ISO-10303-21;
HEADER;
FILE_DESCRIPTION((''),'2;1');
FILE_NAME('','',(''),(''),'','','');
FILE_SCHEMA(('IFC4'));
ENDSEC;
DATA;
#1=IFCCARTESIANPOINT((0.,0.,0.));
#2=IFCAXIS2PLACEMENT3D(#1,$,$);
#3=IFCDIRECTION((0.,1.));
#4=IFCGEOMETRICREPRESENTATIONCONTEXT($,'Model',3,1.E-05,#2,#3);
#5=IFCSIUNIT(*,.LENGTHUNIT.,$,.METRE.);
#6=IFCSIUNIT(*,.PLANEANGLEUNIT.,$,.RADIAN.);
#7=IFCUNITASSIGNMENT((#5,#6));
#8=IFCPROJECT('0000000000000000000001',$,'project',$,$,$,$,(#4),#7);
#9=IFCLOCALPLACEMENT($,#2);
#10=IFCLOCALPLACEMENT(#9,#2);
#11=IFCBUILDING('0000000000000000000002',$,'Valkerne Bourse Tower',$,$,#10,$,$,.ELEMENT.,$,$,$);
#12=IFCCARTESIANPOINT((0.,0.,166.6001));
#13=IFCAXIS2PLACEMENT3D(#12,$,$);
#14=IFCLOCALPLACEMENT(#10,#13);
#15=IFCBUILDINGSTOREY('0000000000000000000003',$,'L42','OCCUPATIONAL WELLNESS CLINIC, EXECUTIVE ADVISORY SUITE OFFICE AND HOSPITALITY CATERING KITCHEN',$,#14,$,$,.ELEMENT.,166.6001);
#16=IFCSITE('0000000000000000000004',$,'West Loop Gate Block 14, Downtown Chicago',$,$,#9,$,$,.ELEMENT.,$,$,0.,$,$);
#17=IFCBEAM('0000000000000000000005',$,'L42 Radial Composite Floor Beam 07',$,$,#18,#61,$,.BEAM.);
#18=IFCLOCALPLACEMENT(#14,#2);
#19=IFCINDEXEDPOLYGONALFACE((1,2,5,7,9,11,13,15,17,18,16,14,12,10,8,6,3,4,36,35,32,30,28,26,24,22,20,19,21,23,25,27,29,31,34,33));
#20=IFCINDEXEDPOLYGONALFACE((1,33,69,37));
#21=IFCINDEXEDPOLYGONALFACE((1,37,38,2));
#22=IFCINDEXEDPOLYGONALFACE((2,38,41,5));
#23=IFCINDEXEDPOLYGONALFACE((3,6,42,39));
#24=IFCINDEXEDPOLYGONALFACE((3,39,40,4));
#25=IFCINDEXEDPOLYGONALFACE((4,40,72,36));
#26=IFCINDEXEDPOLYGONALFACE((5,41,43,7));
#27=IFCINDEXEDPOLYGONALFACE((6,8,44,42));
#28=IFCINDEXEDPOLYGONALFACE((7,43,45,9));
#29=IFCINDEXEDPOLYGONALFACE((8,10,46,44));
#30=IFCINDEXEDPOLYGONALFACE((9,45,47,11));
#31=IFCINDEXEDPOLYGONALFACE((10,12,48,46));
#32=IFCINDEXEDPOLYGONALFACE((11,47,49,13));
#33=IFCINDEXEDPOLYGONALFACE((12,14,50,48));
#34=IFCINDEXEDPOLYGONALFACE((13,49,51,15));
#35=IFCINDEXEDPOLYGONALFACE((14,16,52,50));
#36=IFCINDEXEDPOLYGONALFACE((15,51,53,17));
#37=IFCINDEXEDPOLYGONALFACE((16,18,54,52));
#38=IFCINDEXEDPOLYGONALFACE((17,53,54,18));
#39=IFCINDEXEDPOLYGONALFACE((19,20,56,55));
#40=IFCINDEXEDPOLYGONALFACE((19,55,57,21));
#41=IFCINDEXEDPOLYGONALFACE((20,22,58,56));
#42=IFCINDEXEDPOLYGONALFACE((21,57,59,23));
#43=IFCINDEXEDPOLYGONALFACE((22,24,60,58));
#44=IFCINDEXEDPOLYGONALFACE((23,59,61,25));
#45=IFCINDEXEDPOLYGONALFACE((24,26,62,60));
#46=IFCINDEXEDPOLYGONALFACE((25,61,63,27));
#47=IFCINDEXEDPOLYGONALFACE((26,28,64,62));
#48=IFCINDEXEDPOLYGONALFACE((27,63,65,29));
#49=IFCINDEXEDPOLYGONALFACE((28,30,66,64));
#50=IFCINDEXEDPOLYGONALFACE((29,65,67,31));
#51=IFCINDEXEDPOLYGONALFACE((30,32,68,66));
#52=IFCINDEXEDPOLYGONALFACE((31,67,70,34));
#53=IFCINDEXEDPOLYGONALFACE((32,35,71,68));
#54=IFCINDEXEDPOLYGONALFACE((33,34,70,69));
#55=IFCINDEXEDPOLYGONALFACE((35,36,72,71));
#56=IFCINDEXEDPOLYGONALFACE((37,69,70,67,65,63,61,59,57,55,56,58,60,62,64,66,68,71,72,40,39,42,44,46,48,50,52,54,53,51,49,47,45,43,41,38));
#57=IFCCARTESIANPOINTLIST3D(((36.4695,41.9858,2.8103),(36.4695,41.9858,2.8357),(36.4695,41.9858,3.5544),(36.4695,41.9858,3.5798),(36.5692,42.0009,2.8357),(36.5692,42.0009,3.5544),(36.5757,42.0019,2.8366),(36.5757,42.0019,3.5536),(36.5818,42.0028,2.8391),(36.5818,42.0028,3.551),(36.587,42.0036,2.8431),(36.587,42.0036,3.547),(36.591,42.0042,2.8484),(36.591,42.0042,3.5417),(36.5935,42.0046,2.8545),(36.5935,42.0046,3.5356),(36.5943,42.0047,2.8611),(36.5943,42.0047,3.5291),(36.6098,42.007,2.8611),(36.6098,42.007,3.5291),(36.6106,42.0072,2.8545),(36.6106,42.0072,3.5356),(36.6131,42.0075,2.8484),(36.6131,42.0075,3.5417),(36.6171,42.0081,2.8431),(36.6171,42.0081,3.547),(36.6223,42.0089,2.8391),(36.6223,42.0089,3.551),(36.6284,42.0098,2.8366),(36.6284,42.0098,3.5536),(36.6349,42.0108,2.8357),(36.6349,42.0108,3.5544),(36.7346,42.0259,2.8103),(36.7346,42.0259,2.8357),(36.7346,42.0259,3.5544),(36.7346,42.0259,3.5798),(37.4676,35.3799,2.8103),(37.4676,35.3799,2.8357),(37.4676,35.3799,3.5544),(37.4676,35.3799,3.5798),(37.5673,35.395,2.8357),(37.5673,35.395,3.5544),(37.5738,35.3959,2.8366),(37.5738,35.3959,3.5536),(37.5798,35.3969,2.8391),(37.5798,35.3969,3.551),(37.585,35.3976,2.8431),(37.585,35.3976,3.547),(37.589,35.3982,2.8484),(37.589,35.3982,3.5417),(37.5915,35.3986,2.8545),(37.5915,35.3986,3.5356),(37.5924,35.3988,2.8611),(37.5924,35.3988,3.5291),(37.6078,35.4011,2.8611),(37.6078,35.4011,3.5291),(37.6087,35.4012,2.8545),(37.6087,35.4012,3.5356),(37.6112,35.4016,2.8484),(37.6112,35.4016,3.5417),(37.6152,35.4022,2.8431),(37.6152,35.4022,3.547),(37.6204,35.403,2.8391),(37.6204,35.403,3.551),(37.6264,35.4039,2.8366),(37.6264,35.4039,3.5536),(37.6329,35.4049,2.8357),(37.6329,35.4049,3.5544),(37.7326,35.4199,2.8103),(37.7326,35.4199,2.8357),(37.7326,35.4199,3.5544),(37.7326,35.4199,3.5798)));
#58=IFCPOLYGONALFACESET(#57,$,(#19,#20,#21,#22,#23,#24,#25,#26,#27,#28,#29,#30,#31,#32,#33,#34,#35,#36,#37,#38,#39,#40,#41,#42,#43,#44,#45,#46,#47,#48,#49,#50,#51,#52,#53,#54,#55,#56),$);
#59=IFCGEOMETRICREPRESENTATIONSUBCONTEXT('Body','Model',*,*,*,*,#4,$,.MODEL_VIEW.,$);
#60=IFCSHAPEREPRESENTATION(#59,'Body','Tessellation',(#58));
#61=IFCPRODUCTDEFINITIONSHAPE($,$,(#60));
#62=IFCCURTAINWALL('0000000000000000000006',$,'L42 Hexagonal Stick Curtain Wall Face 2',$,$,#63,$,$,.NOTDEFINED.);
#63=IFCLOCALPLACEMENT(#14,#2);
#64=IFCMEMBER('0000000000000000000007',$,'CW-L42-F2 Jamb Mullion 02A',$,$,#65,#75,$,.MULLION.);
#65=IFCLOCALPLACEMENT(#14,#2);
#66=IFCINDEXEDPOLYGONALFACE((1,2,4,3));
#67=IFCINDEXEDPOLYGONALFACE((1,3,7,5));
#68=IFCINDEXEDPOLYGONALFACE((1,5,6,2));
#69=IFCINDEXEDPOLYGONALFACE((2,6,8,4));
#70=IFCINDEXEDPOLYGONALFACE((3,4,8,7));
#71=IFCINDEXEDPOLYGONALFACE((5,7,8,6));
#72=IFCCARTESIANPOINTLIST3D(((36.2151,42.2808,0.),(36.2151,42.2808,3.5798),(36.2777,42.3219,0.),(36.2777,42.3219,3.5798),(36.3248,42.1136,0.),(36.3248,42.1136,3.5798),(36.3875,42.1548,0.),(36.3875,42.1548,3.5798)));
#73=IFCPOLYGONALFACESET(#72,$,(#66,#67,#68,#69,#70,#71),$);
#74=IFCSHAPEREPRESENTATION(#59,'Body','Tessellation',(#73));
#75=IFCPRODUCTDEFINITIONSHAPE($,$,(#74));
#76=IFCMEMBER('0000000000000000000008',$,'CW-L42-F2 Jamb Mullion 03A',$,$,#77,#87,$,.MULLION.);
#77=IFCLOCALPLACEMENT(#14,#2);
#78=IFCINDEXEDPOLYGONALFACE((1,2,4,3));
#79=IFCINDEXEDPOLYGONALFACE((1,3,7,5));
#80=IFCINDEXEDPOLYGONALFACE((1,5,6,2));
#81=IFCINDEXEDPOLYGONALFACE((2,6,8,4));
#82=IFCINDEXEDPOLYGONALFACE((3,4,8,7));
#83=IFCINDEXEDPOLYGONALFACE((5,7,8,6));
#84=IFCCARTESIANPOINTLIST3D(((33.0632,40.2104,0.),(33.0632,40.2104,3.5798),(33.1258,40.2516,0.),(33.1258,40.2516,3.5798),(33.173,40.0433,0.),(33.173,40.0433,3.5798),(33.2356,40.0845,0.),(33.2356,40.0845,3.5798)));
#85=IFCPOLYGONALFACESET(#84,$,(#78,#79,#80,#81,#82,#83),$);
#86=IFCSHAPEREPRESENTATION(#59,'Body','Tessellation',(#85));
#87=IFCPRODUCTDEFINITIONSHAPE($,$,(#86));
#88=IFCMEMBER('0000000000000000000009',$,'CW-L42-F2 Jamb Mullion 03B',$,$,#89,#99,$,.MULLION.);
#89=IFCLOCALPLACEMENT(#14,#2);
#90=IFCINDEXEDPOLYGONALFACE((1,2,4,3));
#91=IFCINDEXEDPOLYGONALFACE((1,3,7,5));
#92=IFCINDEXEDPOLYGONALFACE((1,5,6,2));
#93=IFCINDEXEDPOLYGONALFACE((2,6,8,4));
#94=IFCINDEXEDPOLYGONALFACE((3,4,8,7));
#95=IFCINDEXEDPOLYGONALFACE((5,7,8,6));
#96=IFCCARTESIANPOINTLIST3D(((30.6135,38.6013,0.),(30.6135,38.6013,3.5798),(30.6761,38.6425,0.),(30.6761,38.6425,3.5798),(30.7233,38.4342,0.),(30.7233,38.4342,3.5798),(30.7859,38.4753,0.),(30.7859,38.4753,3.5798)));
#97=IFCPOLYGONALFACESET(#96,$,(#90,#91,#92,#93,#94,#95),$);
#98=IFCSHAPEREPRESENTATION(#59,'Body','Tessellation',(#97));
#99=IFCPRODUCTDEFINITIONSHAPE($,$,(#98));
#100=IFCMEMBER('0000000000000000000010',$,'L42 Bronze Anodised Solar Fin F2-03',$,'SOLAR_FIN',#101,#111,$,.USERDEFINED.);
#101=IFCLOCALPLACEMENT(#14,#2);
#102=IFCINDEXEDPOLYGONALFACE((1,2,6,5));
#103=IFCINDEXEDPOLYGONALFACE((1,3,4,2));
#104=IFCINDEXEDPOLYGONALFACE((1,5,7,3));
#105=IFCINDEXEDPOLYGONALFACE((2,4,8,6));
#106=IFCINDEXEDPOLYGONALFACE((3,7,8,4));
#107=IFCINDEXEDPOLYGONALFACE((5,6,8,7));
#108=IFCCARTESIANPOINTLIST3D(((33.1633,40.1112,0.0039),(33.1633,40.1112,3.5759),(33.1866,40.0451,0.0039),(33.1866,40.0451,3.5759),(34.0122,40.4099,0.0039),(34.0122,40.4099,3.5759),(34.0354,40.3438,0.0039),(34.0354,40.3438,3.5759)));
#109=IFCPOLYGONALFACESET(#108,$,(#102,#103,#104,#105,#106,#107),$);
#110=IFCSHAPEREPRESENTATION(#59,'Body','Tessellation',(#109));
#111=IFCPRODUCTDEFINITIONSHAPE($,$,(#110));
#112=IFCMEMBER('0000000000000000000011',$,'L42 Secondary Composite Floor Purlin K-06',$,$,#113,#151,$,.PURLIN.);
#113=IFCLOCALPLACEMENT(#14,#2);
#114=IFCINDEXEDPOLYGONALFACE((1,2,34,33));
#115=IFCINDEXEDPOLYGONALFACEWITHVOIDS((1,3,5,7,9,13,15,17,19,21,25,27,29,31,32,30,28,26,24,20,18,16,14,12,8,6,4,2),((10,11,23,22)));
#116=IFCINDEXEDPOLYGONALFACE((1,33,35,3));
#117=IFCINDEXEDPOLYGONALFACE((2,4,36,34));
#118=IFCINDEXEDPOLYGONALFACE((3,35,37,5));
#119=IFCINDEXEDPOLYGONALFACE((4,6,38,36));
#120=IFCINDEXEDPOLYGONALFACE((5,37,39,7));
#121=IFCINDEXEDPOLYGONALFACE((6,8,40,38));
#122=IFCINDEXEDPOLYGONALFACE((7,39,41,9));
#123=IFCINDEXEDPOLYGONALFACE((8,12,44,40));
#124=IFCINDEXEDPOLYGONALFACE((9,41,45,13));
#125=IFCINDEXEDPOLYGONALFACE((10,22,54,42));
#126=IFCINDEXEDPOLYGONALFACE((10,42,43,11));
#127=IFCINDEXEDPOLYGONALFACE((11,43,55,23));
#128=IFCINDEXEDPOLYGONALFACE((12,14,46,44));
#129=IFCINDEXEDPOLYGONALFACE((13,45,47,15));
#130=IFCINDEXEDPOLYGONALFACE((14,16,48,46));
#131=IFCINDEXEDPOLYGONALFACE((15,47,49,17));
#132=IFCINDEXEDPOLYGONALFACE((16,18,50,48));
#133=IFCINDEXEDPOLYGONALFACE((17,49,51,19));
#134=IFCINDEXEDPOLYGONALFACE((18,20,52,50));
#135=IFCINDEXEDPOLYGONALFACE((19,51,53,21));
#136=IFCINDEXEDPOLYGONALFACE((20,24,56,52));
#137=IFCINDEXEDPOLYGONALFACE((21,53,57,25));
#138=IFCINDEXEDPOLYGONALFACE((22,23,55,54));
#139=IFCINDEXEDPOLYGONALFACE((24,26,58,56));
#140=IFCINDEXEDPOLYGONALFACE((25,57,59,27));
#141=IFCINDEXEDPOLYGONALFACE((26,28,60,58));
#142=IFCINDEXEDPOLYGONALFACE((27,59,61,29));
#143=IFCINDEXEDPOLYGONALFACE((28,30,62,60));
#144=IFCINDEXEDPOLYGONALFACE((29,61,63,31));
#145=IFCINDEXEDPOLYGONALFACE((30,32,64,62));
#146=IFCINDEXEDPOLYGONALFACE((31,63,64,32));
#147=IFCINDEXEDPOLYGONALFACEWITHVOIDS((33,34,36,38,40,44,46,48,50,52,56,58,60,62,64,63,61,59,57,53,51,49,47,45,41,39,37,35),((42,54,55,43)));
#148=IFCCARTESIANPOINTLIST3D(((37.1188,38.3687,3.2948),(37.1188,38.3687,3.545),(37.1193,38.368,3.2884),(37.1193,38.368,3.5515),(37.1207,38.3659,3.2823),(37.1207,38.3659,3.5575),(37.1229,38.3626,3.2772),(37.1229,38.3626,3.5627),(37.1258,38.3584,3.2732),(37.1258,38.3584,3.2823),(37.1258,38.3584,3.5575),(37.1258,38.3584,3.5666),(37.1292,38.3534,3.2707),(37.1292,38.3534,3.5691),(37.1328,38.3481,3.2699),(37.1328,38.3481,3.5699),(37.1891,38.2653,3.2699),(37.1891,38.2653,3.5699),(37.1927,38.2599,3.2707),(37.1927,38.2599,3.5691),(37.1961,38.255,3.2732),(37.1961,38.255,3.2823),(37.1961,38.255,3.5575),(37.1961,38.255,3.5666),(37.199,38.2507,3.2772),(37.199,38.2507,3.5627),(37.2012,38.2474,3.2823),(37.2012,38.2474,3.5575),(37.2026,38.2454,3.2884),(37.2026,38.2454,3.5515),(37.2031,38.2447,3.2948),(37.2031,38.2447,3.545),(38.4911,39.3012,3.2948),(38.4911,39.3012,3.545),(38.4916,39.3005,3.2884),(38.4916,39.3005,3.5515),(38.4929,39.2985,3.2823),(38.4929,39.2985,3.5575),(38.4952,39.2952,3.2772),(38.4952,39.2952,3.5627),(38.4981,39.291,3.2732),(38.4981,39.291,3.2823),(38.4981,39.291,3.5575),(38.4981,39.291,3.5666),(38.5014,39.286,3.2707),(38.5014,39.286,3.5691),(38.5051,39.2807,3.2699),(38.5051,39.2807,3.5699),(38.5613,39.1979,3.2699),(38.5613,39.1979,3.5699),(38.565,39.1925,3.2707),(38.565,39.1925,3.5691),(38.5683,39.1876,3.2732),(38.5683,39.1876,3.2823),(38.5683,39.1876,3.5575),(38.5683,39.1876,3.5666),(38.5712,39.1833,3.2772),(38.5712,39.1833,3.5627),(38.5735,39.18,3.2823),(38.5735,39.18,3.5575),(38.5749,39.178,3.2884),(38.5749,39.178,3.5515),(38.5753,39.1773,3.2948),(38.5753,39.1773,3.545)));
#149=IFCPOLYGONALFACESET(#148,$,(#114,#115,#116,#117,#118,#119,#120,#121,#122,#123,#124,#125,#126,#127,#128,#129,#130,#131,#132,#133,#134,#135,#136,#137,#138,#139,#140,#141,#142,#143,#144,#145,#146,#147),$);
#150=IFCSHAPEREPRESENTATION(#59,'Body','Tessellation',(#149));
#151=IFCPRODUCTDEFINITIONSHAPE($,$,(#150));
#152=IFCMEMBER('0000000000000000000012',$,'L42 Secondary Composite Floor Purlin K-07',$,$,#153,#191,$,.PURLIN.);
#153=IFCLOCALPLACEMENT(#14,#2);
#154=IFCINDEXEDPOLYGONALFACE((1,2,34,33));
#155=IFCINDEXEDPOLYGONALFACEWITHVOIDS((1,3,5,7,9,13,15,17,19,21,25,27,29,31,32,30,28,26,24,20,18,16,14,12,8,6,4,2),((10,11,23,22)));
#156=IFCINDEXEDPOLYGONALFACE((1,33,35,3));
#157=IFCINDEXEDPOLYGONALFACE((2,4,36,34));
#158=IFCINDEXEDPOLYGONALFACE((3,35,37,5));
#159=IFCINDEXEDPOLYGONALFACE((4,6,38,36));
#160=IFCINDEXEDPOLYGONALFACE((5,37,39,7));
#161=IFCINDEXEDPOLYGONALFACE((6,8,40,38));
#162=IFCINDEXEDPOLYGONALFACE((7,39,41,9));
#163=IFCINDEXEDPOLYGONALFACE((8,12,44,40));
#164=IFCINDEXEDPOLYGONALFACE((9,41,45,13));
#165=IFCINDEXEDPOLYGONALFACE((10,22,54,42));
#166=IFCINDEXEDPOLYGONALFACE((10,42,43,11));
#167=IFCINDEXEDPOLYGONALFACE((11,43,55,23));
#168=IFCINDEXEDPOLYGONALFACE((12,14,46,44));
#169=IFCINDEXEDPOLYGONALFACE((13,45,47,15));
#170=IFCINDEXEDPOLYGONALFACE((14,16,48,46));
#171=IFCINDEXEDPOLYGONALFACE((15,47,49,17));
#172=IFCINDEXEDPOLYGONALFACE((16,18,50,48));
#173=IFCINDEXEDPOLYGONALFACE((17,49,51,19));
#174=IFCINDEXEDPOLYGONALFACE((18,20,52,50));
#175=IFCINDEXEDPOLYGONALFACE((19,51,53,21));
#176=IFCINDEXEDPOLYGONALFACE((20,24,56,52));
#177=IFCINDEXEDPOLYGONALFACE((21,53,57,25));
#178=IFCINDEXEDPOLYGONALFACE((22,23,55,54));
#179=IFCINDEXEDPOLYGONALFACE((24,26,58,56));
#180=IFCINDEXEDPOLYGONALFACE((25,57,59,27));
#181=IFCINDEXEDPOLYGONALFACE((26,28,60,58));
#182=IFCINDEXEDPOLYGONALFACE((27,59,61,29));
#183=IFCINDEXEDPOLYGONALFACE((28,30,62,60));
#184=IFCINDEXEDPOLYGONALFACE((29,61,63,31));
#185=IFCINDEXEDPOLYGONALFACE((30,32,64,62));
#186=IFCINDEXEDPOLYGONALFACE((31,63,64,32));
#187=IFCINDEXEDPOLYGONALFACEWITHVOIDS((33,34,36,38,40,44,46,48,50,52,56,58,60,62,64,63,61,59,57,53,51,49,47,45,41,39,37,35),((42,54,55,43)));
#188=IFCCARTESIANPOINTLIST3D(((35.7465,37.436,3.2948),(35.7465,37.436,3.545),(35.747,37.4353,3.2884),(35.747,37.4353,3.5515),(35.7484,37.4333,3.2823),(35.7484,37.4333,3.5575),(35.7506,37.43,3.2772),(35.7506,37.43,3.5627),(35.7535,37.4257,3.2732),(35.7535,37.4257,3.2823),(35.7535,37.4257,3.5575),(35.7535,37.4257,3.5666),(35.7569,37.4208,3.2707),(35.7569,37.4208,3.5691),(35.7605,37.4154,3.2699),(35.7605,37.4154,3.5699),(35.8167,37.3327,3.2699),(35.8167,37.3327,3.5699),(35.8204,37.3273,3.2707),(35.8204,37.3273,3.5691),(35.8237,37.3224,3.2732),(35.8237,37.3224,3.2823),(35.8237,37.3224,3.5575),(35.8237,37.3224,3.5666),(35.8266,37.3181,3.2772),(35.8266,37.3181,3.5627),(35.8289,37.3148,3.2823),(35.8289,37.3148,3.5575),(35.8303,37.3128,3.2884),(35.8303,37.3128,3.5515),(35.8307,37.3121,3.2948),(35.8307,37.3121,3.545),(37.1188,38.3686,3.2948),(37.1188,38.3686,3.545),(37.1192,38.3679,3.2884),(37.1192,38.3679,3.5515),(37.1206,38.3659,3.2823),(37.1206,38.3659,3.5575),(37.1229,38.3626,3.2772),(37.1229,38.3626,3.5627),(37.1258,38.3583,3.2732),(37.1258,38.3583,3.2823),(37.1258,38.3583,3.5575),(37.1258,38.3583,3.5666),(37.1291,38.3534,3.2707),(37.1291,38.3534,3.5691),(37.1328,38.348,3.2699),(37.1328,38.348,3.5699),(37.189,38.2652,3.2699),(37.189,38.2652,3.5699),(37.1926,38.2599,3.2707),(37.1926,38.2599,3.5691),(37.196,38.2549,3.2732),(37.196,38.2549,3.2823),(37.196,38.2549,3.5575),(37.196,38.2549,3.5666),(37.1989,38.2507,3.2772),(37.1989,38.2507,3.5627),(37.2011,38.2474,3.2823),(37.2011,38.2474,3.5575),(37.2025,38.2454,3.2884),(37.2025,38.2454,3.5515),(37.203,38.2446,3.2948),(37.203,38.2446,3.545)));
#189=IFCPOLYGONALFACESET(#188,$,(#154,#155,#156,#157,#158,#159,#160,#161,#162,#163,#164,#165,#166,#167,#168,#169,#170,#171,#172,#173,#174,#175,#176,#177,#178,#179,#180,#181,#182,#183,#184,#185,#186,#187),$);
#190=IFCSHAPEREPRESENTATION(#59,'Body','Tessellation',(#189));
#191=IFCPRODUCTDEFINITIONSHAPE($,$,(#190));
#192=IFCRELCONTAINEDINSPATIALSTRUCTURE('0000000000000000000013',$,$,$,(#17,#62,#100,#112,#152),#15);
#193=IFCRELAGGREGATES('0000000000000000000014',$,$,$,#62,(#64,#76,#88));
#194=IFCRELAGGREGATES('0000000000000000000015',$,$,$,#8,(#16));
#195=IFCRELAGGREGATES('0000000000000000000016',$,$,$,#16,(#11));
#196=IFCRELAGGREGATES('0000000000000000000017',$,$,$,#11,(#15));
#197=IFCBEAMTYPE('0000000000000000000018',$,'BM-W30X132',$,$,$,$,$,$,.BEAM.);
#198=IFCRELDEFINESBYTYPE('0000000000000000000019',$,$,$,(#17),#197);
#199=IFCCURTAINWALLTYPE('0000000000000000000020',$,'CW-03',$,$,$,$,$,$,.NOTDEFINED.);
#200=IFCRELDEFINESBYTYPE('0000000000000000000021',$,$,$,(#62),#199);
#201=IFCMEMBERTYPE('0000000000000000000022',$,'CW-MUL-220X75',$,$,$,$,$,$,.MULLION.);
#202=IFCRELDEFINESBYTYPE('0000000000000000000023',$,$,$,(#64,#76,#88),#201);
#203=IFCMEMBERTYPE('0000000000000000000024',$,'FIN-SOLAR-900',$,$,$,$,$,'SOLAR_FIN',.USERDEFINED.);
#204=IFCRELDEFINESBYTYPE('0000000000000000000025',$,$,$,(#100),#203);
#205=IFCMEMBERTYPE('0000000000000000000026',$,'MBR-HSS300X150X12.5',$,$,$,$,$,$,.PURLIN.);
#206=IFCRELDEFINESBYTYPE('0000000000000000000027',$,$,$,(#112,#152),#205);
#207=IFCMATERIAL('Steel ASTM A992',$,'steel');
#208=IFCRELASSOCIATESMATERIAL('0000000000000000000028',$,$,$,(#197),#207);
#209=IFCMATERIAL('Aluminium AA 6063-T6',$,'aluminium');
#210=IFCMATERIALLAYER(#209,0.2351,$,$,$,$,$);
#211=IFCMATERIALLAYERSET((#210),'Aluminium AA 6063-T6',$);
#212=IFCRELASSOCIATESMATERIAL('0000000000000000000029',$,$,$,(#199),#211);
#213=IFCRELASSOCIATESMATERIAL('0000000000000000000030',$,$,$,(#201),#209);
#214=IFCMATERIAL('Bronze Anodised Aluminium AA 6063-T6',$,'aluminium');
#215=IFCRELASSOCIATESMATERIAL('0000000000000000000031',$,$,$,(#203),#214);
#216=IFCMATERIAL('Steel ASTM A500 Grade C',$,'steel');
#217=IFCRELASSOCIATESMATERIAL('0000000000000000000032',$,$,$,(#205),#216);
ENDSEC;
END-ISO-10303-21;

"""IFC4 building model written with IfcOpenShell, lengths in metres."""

from ifc_helpers import new_model, si_unit, direction, frame, origin, origin_2d, place, context, subcontext, project, spatial, rectangle, hollow_rectangle, i_section, extrude, material, layer, layer_set, material_profile, profile_set, type_object, element, aggregate, save


model = new_model("IFC4")

# Units and contexts
model_context = context("Model", 3, precision=1e-05, world=origin(), true_north=direction((0.0, 1.0)))
body_context = subcontext(model_context, "Body", "Model", "MODEL_VIEW")
ifc_project = project(units=[si_unit("LENGTHUNIT", "METRE"), si_unit("PLANEANGLEUNIT", "RADIAN")], contexts=[model_context])

# Site, building, storey
site_placement = place(None, origin())
site = spatial("IfcSite", under=ifc_project, at=site_placement, Name="West Loop Gate Block 14, Downtown Chicago", CompositionType="ELEMENT", RefElevation=0.0)
building_placement = place(site_placement, origin())
building = spatial("IfcBuilding", under=site, at=building_placement, Name="Valkerne Bourse Tower", CompositionType="ELEMENT")
storey_placement = place(building_placement, frame((0.0, 0.0, 166.6001)))
storey = spatial("IfcBuildingStorey", under=building, at=storey_placement, Name="L42", Description="OCCUPATIONAL WELLNESS CLINIC, EXECUTIVE ADVISORY SUITE OFFICE AND HOSPITALITY CATERING KITCHEN", CompositionType="ELEMENT", Elevation=166.6001)

# Beam
ifc_material_1 = material(Name="Steel ASTM A992", Category="steel")
ifc_material_profile_1 = material_profile(ifc_material_1, i_section(OverallWidth=0.2681, OverallDepth=0.7695, WebThickness=0.0156, FlangeThickness=0.0254, FilletRadius=0.0254, at=origin_2d()), Name="W30X132")
ifc_profile_set_1 = profile_set([ifc_material_profile_1], Name="Steel ASTM A992")
beam_type_1 = type_object("IfcBeamType", Name="BM-W30X132", PredefinedType="BEAM", material=ifc_profile_set_1)
beam_1_placement = place(storey_placement, frame((36.6021, 42.0059, 3.1951), z_axis=(0.149388, -0.988779, 0.0), x_axis=(0.988779, 0.149388, 0.0)))
element("IfcBeam", 1, at=beam_1_placement, inside=storey, type_object=beam_type_1, Name="L42 Radial Composite Floor Beam 07", PredefinedType="BEAM", context=body_context, shape_type="SweptSolid", body=[
    extrude(i_section(OverallWidth=0.2681, OverallDepth=0.7695, WebThickness=0.0156, FlangeThickness=0.0254, FilletRadius=0.0254, at=origin_2d()), origin(), (0.0, 0.0, 1.0), 6.6809),
])

# Curtain wall, members
ifc_material_2 = material(Name="Aluminium AA 6063-T6", Category="aluminium")
ifc_layer_1 = layer(ifc_material_2, 0.2351)
ifc_layer_set_1 = layer_set([ifc_layer_1], Name="Aluminium AA 6063-T6")
curtain_wall_type = type_object("IfcCurtainWallType", Name="CW-03", PredefinedType="NOTDEFINED", material=ifc_layer_set_1)
curtain_wall_placement = place(storey_placement, origin())
curtain_wall = element("IfcCurtainWall", 2, at=curtain_wall_placement, inside=storey, type_object=curtain_wall_type, Name="L42 Hexagonal Stick Curtain Wall Face 2", PredefinedType="NOTDEFINED")
ifc_material_profile_2 = material_profile(ifc_material_2, rectangle(XDim=0.075, YDim=0.2, at=origin_2d()), Name="CWM-75X200")
ifc_profile_set_2 = profile_set([ifc_material_profile_2], Name="Aluminium AA 6063-T6")
member_type_1 = type_object("IfcMemberType", Name="CW-MUL-220X75", PredefinedType="MULLION", material=ifc_profile_set_2)
member_1_placement = place(storey_placement, frame((36.3013, 42.2178, 0.0), z_axis=(0.0, 0.0, 1.0), x_axis=(-0.835821, -0.549002, 0.0)))
member_1 = element("IfcMember", 3, at=member_1_placement, type_object=member_type_1, Name="CW-L42-F2 Jamb Mullion 02A", PredefinedType="MULLION", context=body_context, shape_type="SweptSolid", body=[
    extrude(rectangle(XDim=0.075, YDim=0.2, at=origin_2d()), origin(), (0.0, 0.0, 1.0), 3.5798),
])
member_2_placement = place(storey_placement, frame((33.1494, 40.1475, 0.0), z_axis=(0.0, 0.0, 1.0), x_axis=(-0.835801, -0.549033, 0.0)))
member_2 = element("IfcMember", 4, at=member_2_placement, type_object=member_type_1, Name="CW-L42-F2 Jamb Mullion 03A", PredefinedType="MULLION", context=body_context, shape_type="SweptSolid", body=[
    extrude(rectangle(XDim=0.075, YDim=0.2, at=origin_2d()), origin(), (0.0, 0.0, 1.0), 3.5798),
])
member_3_placement = place(storey_placement, frame((30.6997, 38.5383, 0.0), z_axis=(0.0, 0.0, 1.0), x_axis=(-0.835801, -0.549033, 0.0)))
member_3 = element("IfcMember", 5, at=member_3_placement, type_object=member_type_1, Name="CW-L42-F2 Jamb Mullion 03B", PredefinedType="MULLION", context=body_context, shape_type="SweptSolid", body=[
    extrude(rectangle(XDim=0.075, YDim=0.2, at=origin_2d()), origin(), (0.0, 0.0, 1.0), 3.5798),
])

# Members
ifc_material_3 = material(Name="Bronze Anodised Aluminium AA 6063-T6", Category="aluminium")
ifc_material_profile_3 = material_profile(ifc_material_3, rectangle(XDim=0.0701, YDim=0.8999, at=origin_2d()), Name="FIN-70X900")
ifc_profile_set_3 = profile_set([ifc_material_profile_3], Name="Bronze Anodised Aluminium AA 6063-T6")
member_type_2 = type_object("IfcMemberType", Name="FIN-SOLAR-900", ElementType="SOLAR_FIN", PredefinedType="USERDEFINED", material=ifc_profile_set_3)
member_4_placement = place(storey_placement, frame((33.5994, 40.2275, 0.0039), z_axis=(0.0, 0.0, 1.0), x_axis=(-0.331918, 0.943308, 0.0)))
element("IfcMember", 6, at=member_4_placement, inside=storey, type_object=member_type_2, Name="L42 Bronze Anodised Solar Fin F2-03", ObjectType="SOLAR_FIN", PredefinedType="USERDEFINED", context=body_context, shape_type="SweptSolid", body=[
    extrude(rectangle(XDim=0.0701, YDim=0.8999, at=origin_2d()), origin(), (0.0, 0.0, 1.0), 3.572),
])
ifc_material_4 = material(Name="Steel ASTM A500 Grade C", Category="steel")
ifc_material_profile_4 = material_profile(ifc_material_4, hollow_rectangle(XDim=0.1499, YDim=0.3, WallThickness=0.0125, OuterFilletRadius=0.0249, at=origin_2d()), Name="HSS300X150X12.5")
ifc_profile_set_4 = profile_set([ifc_material_profile_4], Name="Steel ASTM A500 Grade C")
member_type_3 = type_object("IfcMemberType", Name="MBR-HSS300X150X12.5", PredefinedType="PURLIN", material=ifc_profile_set_4)
for number, where, z_axis, x_axis, name in (
    (7, (38.5332, 39.2393, 3.4199), (-0.827082, -0.562081, 0.0), (0.562081, -0.827082, 0.0), "L42 Secondary Composite Floor Purlin K-06"),
    (8, (37.1609, 38.3066, 3.4199), (-0.827082, -0.562081, 0.0), (0.562081, -0.827082, 0.0), "L42 Secondary Composite Floor Purlin K-07"),
):
    element("IfcMember", number, at=place(storey_placement, frame(where, z_axis=z_axis, x_axis=x_axis)), inside=storey, type_object=member_type_3, Name=name, PredefinedType="PURLIN", context=body_context, shape_type="SweptSolid", body=[
        extrude(hollow_rectangle(XDim=0.1499, YDim=0.3, WallThickness=0.0125, OuterFilletRadius=0.0249, at=origin_2d()), origin(), (0.0, 0.0, 1.0), 1.6592),
    ])

aggregate(curtain_wall, [member_1, member_2, member_3])

save(model, "model.ifc")
